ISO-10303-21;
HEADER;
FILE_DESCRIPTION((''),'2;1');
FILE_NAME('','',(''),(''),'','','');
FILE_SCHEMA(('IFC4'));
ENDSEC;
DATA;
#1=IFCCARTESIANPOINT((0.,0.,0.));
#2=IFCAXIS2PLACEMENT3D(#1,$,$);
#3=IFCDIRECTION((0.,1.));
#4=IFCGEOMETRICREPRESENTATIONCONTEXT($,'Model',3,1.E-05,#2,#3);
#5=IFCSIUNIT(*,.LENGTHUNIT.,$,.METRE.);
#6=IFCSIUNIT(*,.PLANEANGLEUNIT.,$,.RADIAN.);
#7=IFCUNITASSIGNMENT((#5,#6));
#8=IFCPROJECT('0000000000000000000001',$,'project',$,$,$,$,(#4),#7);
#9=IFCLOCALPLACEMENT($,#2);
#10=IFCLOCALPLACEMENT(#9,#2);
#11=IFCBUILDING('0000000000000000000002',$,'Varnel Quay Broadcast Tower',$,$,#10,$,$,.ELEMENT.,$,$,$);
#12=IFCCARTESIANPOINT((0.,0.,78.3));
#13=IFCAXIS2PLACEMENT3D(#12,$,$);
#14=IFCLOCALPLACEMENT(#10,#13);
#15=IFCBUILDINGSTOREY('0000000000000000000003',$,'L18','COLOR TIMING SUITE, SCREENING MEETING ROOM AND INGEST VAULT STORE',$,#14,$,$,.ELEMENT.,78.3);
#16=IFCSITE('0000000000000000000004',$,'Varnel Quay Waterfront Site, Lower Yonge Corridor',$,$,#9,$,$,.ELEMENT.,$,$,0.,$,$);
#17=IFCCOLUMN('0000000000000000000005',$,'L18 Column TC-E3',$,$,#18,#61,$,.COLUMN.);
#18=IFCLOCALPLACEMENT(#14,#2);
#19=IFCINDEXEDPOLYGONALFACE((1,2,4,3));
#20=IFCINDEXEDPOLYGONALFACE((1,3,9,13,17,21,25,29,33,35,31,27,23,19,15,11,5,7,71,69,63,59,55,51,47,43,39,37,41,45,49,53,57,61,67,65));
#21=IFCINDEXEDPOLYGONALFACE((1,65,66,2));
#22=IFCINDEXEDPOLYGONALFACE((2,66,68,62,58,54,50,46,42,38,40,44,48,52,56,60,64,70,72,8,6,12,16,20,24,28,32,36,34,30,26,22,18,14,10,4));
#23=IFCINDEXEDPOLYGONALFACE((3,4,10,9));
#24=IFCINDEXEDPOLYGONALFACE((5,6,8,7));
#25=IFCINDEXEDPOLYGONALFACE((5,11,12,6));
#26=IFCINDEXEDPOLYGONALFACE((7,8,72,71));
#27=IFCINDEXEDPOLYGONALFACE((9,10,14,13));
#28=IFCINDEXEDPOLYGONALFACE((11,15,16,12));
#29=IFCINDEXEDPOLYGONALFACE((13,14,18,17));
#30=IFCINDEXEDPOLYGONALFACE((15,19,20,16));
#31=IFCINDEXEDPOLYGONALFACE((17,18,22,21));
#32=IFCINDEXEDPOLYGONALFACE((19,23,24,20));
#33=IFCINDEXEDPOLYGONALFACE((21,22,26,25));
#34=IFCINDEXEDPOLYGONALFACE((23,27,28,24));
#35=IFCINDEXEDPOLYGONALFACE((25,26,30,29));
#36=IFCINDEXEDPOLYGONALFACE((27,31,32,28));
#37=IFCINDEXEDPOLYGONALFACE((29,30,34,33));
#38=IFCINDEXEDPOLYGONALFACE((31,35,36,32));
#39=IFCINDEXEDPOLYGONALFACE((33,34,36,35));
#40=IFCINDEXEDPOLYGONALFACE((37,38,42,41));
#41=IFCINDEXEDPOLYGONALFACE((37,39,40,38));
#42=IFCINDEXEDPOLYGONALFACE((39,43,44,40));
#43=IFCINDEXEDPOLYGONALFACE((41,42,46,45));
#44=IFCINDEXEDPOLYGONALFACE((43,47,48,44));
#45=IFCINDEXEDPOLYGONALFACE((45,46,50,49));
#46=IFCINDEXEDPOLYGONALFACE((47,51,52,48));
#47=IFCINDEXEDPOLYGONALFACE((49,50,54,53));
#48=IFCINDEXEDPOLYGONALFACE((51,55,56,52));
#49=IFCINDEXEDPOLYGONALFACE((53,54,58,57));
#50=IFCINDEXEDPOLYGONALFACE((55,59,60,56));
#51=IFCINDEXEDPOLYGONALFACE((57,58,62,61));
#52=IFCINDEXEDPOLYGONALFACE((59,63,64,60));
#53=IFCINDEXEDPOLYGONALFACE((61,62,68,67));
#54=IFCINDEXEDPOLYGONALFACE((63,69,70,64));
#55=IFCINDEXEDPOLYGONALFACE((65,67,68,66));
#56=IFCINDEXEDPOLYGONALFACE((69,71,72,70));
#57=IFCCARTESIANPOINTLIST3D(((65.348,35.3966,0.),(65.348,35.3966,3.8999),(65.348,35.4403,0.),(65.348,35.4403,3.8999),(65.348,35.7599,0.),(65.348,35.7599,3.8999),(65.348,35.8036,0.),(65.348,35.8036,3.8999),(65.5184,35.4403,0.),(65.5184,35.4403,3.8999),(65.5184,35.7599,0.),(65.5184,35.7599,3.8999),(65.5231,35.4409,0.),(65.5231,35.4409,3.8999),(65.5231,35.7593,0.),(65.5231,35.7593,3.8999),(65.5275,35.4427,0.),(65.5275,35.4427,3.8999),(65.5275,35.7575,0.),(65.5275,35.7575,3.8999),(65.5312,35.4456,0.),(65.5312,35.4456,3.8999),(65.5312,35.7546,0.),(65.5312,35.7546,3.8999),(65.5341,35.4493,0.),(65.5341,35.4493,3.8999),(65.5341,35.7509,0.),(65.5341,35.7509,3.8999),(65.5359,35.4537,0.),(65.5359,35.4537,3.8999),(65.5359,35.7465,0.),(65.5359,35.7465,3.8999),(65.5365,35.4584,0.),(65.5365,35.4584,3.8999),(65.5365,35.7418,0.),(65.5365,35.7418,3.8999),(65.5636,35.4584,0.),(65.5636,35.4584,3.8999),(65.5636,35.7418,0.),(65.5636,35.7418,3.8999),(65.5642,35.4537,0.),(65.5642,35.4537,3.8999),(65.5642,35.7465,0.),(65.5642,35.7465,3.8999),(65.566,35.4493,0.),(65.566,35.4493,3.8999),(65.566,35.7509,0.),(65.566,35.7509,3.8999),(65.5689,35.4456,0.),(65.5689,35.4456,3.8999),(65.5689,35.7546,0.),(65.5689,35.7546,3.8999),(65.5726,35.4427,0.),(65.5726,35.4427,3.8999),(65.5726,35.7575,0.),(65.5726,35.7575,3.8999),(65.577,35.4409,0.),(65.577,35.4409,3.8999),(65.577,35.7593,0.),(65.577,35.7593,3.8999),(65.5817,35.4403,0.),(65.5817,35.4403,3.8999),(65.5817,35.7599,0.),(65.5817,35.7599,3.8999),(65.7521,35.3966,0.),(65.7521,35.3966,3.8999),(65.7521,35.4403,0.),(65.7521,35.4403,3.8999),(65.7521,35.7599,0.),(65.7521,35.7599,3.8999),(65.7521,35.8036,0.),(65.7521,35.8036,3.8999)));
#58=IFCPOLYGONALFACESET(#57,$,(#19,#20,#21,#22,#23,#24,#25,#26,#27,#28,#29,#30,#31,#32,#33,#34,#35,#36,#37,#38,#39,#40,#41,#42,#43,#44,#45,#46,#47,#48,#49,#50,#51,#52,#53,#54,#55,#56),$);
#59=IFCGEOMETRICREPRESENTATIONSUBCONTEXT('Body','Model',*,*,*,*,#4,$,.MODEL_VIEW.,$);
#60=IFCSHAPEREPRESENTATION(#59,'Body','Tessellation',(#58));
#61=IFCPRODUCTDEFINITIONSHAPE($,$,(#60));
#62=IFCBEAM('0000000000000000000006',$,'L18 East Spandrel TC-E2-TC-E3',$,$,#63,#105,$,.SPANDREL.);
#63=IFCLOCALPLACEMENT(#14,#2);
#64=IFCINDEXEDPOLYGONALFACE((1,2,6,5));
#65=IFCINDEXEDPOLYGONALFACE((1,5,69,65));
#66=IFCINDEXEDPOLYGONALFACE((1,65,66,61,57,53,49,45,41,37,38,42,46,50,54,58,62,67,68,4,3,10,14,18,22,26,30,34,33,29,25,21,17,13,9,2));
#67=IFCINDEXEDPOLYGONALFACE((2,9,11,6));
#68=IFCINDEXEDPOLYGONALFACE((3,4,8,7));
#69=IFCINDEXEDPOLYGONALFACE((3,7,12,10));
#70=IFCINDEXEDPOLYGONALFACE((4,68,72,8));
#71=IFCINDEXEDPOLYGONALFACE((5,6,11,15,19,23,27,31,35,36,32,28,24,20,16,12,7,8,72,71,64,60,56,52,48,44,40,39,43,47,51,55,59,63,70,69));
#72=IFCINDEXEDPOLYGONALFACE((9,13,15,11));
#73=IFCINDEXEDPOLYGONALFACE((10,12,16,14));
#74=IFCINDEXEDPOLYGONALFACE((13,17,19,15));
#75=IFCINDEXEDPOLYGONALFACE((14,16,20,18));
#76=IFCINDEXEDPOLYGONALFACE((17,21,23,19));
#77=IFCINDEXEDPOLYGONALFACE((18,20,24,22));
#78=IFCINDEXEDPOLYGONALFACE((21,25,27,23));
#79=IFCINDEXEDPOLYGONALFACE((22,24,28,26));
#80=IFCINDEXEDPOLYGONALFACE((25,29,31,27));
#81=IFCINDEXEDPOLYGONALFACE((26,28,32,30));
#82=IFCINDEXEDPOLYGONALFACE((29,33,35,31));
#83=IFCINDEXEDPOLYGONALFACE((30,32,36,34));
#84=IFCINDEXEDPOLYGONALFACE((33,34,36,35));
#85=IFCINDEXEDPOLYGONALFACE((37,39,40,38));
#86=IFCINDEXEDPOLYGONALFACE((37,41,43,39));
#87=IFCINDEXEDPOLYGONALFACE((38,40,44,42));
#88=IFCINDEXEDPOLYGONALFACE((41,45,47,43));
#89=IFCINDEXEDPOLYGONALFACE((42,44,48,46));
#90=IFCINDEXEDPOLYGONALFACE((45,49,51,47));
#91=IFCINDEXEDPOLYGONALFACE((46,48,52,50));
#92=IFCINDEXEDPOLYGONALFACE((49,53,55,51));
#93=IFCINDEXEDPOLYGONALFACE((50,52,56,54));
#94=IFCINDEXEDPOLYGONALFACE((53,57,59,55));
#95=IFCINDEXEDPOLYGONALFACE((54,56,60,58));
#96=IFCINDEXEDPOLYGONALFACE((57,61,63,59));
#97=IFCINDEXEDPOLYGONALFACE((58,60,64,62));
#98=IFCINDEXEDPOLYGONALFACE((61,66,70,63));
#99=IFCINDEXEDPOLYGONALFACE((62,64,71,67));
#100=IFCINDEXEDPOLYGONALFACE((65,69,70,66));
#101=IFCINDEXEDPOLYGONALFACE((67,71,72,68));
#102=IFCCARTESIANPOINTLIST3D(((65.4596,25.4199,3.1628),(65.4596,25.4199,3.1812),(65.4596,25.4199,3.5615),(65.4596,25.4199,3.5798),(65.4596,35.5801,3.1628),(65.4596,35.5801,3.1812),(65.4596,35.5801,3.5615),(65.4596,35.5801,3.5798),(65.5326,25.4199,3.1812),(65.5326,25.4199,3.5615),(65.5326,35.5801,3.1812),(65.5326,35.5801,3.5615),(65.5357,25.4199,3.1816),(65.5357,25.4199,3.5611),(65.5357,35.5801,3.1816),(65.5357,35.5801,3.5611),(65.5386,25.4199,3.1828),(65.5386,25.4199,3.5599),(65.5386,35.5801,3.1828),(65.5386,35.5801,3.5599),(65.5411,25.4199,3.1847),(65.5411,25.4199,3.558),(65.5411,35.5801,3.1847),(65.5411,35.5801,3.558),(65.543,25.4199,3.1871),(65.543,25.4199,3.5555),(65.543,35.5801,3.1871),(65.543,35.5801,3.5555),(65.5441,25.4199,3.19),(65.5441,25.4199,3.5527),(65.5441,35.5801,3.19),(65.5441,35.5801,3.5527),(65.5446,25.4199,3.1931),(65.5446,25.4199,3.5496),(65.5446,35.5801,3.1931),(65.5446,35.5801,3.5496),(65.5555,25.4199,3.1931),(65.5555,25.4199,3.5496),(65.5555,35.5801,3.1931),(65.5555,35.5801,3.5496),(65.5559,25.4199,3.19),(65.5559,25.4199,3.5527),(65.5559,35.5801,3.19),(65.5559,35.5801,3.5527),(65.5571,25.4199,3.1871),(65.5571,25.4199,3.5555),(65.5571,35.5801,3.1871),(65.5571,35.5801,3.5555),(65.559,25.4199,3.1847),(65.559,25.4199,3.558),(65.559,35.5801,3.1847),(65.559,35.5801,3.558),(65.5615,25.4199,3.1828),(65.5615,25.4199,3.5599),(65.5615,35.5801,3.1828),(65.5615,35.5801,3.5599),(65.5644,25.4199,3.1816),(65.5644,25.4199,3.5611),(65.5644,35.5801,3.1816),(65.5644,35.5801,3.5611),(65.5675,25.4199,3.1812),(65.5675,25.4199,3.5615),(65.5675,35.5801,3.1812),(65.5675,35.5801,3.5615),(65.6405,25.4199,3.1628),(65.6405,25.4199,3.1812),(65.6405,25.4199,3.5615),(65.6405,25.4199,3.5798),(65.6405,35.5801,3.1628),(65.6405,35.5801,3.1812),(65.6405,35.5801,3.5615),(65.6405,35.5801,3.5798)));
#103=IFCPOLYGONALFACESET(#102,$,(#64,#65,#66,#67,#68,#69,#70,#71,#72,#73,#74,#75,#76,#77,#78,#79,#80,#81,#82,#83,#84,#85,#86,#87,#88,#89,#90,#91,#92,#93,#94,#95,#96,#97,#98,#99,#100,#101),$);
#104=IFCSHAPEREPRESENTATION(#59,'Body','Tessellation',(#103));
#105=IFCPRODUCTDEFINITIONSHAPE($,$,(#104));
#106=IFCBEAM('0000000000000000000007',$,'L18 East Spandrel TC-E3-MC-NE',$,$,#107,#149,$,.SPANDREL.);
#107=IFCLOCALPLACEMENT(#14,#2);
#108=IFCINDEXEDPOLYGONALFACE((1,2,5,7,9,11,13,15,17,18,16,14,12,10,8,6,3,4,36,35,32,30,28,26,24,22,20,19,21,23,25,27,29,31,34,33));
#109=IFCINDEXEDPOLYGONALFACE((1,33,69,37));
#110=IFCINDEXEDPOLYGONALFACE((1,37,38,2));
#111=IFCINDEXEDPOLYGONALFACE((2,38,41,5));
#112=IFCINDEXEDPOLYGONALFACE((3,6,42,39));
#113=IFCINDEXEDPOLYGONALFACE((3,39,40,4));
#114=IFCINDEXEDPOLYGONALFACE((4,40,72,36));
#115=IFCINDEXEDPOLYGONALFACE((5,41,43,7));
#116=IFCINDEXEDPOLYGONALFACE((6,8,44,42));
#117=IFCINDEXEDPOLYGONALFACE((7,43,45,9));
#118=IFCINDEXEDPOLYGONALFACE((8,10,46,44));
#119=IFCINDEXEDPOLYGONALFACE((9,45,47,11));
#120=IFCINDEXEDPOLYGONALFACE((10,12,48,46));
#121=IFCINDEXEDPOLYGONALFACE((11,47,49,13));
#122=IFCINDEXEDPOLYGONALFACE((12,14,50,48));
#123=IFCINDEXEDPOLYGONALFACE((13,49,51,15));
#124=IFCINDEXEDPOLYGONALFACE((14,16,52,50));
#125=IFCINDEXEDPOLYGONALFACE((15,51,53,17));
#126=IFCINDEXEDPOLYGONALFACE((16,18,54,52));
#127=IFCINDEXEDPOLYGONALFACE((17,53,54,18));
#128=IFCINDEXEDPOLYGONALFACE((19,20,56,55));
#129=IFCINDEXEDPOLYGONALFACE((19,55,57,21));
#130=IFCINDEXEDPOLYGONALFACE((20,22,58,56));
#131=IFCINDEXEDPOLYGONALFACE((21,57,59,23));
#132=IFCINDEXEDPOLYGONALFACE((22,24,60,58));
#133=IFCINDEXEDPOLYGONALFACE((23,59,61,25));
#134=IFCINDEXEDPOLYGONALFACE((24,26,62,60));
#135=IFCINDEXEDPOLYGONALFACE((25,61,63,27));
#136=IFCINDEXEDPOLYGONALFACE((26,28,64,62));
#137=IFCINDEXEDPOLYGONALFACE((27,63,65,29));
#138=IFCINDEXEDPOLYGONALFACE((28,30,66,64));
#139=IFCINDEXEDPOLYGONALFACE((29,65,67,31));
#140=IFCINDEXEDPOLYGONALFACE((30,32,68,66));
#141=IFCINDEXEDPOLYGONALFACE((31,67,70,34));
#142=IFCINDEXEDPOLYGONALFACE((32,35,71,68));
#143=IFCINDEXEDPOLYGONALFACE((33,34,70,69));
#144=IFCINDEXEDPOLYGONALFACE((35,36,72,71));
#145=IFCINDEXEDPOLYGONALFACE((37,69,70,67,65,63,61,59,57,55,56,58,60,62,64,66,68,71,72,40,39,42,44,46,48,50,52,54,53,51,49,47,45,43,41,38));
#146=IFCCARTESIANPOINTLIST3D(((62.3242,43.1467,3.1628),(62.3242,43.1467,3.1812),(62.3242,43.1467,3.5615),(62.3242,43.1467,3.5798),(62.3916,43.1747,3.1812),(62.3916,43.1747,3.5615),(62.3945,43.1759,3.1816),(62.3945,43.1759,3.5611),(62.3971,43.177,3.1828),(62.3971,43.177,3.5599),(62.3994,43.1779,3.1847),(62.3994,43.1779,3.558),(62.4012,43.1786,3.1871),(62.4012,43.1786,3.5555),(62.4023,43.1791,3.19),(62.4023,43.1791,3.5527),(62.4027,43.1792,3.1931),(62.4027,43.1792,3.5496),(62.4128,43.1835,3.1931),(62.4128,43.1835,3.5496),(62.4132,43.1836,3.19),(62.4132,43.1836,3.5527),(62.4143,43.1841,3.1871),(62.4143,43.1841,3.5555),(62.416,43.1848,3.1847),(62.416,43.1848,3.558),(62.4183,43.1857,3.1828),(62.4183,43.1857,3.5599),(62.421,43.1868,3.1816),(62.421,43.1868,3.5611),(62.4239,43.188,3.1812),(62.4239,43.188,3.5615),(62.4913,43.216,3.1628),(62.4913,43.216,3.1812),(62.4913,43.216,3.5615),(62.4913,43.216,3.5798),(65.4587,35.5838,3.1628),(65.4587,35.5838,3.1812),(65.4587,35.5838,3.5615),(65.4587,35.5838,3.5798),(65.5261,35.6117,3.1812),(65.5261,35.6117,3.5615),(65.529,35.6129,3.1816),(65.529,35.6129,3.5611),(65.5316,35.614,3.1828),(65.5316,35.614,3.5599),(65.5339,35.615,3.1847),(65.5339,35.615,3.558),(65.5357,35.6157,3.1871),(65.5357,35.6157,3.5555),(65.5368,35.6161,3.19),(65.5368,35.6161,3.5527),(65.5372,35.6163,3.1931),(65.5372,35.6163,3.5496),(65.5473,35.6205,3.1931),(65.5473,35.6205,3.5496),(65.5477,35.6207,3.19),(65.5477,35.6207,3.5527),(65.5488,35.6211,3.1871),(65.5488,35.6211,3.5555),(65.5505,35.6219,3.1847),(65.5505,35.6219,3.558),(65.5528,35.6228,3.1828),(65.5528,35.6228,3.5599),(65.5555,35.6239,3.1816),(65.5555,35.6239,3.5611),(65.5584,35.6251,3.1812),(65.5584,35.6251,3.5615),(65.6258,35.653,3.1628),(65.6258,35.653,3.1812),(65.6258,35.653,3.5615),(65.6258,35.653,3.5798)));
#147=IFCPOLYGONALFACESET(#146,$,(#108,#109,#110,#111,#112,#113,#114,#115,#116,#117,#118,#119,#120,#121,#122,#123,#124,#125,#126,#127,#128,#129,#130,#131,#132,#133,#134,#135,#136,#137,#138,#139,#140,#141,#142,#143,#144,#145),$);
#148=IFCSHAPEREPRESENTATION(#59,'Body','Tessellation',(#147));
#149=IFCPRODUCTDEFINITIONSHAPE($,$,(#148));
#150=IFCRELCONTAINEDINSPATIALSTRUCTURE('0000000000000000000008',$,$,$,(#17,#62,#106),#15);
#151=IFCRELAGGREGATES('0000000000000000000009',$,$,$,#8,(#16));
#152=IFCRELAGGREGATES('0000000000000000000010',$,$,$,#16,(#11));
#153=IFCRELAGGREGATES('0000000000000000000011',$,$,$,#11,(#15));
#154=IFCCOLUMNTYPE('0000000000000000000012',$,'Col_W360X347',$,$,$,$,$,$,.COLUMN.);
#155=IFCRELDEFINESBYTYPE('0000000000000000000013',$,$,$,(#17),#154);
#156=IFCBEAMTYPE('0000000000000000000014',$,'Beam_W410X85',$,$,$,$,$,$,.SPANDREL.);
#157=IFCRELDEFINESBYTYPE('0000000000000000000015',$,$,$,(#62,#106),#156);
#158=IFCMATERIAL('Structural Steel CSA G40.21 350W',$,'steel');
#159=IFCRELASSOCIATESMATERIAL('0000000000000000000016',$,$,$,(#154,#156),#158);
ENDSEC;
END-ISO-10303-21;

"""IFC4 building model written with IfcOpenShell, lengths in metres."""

from ifc_helpers import new_model, si_unit, direction, frame, origin, origin_2d, place, context, subcontext, project, spatial, i_section, extrude, source, transform, mapped, material, material_profile, profile_set, type_object, type_shapes, element, save


model = new_model("IFC4")

# Units and contexts
model_context = context("Model", 3, precision=1e-05, world=origin(), true_north=direction((0.0, 1.0)))
body_context = subcontext(model_context, "Body", "Model", "MODEL_VIEW")
ifc_project = project(units=[si_unit("LENGTHUNIT", "METRE"), si_unit("PLANEANGLEUNIT", "RADIAN")], contexts=[model_context])

# Site, building, storey
site_placement = place(None, origin())
site = spatial("IfcSite", under=ifc_project, at=site_placement, Name="Varnel Quay Waterfront Site, Lower Yonge Corridor", CompositionType="ELEMENT", RefElevation=0.0)
building_placement = place(site_placement, origin())
building = spatial("IfcBuilding", under=site, at=building_placement, Name="Varnel Quay Broadcast Tower", CompositionType="ELEMENT")
storey_placement = place(building_placement, frame((0.0, 0.0, 78.3)))
storey = spatial("IfcBuildingStorey", under=building, at=storey_placement, Name="L18", Description="COLOR TIMING SUITE, SCREENING MEETING ROOM AND INGEST VAULT STORE", CompositionType="ELEMENT", Elevation=78.3)

# Column
ifc_material_1 = material(Name="Structural Steel CSA G40.21 350W", Category="steel")
ifc_material_profile_1 = material_profile(ifc_material_1, i_section(OverallWidth=0.4041, OverallDepth=0.407, WebThickness=0.0271, FlangeThickness=0.0437, FilletRadius=0.0181, at=origin_2d()), Name="W360X347")
ifc_profile_set_1 = profile_set([ifc_material_profile_1], Name="Structural Steel CSA G40.21 350W")
column_type_1 = type_object("IfcColumnType", Name="Col_W360X347", PredefinedType="COLUMN", material=ifc_profile_set_1)
shared_shape_1 = source(origin(), body_context, "Body", "SweptSolid", [
    extrude(i_section(OverallWidth=0.4041, OverallDepth=0.407, WebThickness=0.0271, FlangeThickness=0.0437, FilletRadius=0.0181, at=origin_2d()), origin(), (0.0, 0.0, 1.0), 3.8999),
])
type_shapes(column_type_1, [shared_shape_1])
for number, where, z_axis, x_axis, name in (
    (1, (65.55, 35.6001, 0.0), (0.0, 0.0, 1.0), (1.0, 0.0, 0.0), "L18 Column TC-E3"),
):
    element("IfcColumn", number, at=place(storey_placement, frame(where, z_axis=z_axis, x_axis=x_axis)), inside=storey, type_object=column_type_1, Name=name, PredefinedType="COLUMN", context=body_context, shape_type="MappedRepresentation", body=[
        mapped(shared_shape_1, transform((0.0, 0.0, 0.0), x_axis=(1.0, 0.0, 0.0), y_axis=(0.0, 1.0, 0.0), z_axis=(0.0, 0.0, 1.0), scale=1.0)),
    ])

# Beams
ifc_material_profile_2 = material_profile(ifc_material_1, i_section(OverallWidth=0.1809, OverallDepth=0.417, WebThickness=0.011, FlangeThickness=0.0183, FilletRadius=0.012, at=origin_2d()), Name="W410X85")
ifc_profile_set_2 = profile_set([ifc_material_profile_2], Name="Structural Steel CSA G40.21 350W")
beam_type_1 = type_object("IfcBeamType", Name="Beam_W410X85", PredefinedType="SPANDREL", material=ifc_profile_set_2)
shared_shape_2 = source(origin(), body_context, "Body", "SweptSolid", [
    extrude(i_section(OverallWidth=0.1809, OverallDepth=0.417, WebThickness=0.011, FlangeThickness=0.0183, FilletRadius=0.012, at=origin_2d()), origin(), (0.0, 0.0, 1.0), 10.1602),
])
beam_1_placement = place(storey_placement, frame((65.55, 25.4199, 3.3713), z_axis=(0.0, 1.0, 0.0), x_axis=(-1.0, 0.0, 0.0)))
element("IfcBeam", 2, at=beam_1_placement, inside=storey, type_object=beam_type_1, Name="L18 East Spandrel TC-E2-TC-E3", PredefinedType="SPANDREL", context=body_context, shape_type="MappedRepresentation", body=[
    mapped(shared_shape_2, transform((0.0, 0.0, 0.0), x_axis=(1.0, 0.0, 0.0), y_axis=(0.0, 1.0, 0.0), z_axis=(0.0, 0.0, 1.0), scale=1.0)),
])
shared_shape_3 = source(origin(), body_context, "Body", "SweptSolid", [
    extrude(i_section(OverallWidth=0.1809, OverallDepth=0.417, WebThickness=0.011, FlangeThickness=0.0183, FilletRadius=0.012, at=origin_2d()), origin(), (0.0, 0.0, 1.0), 8.1868),
])
beam_2_placement = place(storey_placement, frame((65.5422, 35.6184, 3.3713), z_axis=(-0.382874, 0.923801, 0.0), x_axis=(-0.923801, -0.382874, 0.0)))
element("IfcBeam", 3, at=beam_2_placement, inside=storey, type_object=beam_type_1, Name="L18 East Spandrel TC-E3-MC-NE", PredefinedType="SPANDREL", context=body_context, shape_type="MappedRepresentation", body=[
    mapped(shared_shape_3, transform((0.0, 0.0, 0.0), x_axis=(1.0, 0.0, 0.0), y_axis=(0.0, 1.0, 0.0), z_axis=(0.0, 0.0, 1.0), scale=1.0)),
])

save(model, "model.ifc")
